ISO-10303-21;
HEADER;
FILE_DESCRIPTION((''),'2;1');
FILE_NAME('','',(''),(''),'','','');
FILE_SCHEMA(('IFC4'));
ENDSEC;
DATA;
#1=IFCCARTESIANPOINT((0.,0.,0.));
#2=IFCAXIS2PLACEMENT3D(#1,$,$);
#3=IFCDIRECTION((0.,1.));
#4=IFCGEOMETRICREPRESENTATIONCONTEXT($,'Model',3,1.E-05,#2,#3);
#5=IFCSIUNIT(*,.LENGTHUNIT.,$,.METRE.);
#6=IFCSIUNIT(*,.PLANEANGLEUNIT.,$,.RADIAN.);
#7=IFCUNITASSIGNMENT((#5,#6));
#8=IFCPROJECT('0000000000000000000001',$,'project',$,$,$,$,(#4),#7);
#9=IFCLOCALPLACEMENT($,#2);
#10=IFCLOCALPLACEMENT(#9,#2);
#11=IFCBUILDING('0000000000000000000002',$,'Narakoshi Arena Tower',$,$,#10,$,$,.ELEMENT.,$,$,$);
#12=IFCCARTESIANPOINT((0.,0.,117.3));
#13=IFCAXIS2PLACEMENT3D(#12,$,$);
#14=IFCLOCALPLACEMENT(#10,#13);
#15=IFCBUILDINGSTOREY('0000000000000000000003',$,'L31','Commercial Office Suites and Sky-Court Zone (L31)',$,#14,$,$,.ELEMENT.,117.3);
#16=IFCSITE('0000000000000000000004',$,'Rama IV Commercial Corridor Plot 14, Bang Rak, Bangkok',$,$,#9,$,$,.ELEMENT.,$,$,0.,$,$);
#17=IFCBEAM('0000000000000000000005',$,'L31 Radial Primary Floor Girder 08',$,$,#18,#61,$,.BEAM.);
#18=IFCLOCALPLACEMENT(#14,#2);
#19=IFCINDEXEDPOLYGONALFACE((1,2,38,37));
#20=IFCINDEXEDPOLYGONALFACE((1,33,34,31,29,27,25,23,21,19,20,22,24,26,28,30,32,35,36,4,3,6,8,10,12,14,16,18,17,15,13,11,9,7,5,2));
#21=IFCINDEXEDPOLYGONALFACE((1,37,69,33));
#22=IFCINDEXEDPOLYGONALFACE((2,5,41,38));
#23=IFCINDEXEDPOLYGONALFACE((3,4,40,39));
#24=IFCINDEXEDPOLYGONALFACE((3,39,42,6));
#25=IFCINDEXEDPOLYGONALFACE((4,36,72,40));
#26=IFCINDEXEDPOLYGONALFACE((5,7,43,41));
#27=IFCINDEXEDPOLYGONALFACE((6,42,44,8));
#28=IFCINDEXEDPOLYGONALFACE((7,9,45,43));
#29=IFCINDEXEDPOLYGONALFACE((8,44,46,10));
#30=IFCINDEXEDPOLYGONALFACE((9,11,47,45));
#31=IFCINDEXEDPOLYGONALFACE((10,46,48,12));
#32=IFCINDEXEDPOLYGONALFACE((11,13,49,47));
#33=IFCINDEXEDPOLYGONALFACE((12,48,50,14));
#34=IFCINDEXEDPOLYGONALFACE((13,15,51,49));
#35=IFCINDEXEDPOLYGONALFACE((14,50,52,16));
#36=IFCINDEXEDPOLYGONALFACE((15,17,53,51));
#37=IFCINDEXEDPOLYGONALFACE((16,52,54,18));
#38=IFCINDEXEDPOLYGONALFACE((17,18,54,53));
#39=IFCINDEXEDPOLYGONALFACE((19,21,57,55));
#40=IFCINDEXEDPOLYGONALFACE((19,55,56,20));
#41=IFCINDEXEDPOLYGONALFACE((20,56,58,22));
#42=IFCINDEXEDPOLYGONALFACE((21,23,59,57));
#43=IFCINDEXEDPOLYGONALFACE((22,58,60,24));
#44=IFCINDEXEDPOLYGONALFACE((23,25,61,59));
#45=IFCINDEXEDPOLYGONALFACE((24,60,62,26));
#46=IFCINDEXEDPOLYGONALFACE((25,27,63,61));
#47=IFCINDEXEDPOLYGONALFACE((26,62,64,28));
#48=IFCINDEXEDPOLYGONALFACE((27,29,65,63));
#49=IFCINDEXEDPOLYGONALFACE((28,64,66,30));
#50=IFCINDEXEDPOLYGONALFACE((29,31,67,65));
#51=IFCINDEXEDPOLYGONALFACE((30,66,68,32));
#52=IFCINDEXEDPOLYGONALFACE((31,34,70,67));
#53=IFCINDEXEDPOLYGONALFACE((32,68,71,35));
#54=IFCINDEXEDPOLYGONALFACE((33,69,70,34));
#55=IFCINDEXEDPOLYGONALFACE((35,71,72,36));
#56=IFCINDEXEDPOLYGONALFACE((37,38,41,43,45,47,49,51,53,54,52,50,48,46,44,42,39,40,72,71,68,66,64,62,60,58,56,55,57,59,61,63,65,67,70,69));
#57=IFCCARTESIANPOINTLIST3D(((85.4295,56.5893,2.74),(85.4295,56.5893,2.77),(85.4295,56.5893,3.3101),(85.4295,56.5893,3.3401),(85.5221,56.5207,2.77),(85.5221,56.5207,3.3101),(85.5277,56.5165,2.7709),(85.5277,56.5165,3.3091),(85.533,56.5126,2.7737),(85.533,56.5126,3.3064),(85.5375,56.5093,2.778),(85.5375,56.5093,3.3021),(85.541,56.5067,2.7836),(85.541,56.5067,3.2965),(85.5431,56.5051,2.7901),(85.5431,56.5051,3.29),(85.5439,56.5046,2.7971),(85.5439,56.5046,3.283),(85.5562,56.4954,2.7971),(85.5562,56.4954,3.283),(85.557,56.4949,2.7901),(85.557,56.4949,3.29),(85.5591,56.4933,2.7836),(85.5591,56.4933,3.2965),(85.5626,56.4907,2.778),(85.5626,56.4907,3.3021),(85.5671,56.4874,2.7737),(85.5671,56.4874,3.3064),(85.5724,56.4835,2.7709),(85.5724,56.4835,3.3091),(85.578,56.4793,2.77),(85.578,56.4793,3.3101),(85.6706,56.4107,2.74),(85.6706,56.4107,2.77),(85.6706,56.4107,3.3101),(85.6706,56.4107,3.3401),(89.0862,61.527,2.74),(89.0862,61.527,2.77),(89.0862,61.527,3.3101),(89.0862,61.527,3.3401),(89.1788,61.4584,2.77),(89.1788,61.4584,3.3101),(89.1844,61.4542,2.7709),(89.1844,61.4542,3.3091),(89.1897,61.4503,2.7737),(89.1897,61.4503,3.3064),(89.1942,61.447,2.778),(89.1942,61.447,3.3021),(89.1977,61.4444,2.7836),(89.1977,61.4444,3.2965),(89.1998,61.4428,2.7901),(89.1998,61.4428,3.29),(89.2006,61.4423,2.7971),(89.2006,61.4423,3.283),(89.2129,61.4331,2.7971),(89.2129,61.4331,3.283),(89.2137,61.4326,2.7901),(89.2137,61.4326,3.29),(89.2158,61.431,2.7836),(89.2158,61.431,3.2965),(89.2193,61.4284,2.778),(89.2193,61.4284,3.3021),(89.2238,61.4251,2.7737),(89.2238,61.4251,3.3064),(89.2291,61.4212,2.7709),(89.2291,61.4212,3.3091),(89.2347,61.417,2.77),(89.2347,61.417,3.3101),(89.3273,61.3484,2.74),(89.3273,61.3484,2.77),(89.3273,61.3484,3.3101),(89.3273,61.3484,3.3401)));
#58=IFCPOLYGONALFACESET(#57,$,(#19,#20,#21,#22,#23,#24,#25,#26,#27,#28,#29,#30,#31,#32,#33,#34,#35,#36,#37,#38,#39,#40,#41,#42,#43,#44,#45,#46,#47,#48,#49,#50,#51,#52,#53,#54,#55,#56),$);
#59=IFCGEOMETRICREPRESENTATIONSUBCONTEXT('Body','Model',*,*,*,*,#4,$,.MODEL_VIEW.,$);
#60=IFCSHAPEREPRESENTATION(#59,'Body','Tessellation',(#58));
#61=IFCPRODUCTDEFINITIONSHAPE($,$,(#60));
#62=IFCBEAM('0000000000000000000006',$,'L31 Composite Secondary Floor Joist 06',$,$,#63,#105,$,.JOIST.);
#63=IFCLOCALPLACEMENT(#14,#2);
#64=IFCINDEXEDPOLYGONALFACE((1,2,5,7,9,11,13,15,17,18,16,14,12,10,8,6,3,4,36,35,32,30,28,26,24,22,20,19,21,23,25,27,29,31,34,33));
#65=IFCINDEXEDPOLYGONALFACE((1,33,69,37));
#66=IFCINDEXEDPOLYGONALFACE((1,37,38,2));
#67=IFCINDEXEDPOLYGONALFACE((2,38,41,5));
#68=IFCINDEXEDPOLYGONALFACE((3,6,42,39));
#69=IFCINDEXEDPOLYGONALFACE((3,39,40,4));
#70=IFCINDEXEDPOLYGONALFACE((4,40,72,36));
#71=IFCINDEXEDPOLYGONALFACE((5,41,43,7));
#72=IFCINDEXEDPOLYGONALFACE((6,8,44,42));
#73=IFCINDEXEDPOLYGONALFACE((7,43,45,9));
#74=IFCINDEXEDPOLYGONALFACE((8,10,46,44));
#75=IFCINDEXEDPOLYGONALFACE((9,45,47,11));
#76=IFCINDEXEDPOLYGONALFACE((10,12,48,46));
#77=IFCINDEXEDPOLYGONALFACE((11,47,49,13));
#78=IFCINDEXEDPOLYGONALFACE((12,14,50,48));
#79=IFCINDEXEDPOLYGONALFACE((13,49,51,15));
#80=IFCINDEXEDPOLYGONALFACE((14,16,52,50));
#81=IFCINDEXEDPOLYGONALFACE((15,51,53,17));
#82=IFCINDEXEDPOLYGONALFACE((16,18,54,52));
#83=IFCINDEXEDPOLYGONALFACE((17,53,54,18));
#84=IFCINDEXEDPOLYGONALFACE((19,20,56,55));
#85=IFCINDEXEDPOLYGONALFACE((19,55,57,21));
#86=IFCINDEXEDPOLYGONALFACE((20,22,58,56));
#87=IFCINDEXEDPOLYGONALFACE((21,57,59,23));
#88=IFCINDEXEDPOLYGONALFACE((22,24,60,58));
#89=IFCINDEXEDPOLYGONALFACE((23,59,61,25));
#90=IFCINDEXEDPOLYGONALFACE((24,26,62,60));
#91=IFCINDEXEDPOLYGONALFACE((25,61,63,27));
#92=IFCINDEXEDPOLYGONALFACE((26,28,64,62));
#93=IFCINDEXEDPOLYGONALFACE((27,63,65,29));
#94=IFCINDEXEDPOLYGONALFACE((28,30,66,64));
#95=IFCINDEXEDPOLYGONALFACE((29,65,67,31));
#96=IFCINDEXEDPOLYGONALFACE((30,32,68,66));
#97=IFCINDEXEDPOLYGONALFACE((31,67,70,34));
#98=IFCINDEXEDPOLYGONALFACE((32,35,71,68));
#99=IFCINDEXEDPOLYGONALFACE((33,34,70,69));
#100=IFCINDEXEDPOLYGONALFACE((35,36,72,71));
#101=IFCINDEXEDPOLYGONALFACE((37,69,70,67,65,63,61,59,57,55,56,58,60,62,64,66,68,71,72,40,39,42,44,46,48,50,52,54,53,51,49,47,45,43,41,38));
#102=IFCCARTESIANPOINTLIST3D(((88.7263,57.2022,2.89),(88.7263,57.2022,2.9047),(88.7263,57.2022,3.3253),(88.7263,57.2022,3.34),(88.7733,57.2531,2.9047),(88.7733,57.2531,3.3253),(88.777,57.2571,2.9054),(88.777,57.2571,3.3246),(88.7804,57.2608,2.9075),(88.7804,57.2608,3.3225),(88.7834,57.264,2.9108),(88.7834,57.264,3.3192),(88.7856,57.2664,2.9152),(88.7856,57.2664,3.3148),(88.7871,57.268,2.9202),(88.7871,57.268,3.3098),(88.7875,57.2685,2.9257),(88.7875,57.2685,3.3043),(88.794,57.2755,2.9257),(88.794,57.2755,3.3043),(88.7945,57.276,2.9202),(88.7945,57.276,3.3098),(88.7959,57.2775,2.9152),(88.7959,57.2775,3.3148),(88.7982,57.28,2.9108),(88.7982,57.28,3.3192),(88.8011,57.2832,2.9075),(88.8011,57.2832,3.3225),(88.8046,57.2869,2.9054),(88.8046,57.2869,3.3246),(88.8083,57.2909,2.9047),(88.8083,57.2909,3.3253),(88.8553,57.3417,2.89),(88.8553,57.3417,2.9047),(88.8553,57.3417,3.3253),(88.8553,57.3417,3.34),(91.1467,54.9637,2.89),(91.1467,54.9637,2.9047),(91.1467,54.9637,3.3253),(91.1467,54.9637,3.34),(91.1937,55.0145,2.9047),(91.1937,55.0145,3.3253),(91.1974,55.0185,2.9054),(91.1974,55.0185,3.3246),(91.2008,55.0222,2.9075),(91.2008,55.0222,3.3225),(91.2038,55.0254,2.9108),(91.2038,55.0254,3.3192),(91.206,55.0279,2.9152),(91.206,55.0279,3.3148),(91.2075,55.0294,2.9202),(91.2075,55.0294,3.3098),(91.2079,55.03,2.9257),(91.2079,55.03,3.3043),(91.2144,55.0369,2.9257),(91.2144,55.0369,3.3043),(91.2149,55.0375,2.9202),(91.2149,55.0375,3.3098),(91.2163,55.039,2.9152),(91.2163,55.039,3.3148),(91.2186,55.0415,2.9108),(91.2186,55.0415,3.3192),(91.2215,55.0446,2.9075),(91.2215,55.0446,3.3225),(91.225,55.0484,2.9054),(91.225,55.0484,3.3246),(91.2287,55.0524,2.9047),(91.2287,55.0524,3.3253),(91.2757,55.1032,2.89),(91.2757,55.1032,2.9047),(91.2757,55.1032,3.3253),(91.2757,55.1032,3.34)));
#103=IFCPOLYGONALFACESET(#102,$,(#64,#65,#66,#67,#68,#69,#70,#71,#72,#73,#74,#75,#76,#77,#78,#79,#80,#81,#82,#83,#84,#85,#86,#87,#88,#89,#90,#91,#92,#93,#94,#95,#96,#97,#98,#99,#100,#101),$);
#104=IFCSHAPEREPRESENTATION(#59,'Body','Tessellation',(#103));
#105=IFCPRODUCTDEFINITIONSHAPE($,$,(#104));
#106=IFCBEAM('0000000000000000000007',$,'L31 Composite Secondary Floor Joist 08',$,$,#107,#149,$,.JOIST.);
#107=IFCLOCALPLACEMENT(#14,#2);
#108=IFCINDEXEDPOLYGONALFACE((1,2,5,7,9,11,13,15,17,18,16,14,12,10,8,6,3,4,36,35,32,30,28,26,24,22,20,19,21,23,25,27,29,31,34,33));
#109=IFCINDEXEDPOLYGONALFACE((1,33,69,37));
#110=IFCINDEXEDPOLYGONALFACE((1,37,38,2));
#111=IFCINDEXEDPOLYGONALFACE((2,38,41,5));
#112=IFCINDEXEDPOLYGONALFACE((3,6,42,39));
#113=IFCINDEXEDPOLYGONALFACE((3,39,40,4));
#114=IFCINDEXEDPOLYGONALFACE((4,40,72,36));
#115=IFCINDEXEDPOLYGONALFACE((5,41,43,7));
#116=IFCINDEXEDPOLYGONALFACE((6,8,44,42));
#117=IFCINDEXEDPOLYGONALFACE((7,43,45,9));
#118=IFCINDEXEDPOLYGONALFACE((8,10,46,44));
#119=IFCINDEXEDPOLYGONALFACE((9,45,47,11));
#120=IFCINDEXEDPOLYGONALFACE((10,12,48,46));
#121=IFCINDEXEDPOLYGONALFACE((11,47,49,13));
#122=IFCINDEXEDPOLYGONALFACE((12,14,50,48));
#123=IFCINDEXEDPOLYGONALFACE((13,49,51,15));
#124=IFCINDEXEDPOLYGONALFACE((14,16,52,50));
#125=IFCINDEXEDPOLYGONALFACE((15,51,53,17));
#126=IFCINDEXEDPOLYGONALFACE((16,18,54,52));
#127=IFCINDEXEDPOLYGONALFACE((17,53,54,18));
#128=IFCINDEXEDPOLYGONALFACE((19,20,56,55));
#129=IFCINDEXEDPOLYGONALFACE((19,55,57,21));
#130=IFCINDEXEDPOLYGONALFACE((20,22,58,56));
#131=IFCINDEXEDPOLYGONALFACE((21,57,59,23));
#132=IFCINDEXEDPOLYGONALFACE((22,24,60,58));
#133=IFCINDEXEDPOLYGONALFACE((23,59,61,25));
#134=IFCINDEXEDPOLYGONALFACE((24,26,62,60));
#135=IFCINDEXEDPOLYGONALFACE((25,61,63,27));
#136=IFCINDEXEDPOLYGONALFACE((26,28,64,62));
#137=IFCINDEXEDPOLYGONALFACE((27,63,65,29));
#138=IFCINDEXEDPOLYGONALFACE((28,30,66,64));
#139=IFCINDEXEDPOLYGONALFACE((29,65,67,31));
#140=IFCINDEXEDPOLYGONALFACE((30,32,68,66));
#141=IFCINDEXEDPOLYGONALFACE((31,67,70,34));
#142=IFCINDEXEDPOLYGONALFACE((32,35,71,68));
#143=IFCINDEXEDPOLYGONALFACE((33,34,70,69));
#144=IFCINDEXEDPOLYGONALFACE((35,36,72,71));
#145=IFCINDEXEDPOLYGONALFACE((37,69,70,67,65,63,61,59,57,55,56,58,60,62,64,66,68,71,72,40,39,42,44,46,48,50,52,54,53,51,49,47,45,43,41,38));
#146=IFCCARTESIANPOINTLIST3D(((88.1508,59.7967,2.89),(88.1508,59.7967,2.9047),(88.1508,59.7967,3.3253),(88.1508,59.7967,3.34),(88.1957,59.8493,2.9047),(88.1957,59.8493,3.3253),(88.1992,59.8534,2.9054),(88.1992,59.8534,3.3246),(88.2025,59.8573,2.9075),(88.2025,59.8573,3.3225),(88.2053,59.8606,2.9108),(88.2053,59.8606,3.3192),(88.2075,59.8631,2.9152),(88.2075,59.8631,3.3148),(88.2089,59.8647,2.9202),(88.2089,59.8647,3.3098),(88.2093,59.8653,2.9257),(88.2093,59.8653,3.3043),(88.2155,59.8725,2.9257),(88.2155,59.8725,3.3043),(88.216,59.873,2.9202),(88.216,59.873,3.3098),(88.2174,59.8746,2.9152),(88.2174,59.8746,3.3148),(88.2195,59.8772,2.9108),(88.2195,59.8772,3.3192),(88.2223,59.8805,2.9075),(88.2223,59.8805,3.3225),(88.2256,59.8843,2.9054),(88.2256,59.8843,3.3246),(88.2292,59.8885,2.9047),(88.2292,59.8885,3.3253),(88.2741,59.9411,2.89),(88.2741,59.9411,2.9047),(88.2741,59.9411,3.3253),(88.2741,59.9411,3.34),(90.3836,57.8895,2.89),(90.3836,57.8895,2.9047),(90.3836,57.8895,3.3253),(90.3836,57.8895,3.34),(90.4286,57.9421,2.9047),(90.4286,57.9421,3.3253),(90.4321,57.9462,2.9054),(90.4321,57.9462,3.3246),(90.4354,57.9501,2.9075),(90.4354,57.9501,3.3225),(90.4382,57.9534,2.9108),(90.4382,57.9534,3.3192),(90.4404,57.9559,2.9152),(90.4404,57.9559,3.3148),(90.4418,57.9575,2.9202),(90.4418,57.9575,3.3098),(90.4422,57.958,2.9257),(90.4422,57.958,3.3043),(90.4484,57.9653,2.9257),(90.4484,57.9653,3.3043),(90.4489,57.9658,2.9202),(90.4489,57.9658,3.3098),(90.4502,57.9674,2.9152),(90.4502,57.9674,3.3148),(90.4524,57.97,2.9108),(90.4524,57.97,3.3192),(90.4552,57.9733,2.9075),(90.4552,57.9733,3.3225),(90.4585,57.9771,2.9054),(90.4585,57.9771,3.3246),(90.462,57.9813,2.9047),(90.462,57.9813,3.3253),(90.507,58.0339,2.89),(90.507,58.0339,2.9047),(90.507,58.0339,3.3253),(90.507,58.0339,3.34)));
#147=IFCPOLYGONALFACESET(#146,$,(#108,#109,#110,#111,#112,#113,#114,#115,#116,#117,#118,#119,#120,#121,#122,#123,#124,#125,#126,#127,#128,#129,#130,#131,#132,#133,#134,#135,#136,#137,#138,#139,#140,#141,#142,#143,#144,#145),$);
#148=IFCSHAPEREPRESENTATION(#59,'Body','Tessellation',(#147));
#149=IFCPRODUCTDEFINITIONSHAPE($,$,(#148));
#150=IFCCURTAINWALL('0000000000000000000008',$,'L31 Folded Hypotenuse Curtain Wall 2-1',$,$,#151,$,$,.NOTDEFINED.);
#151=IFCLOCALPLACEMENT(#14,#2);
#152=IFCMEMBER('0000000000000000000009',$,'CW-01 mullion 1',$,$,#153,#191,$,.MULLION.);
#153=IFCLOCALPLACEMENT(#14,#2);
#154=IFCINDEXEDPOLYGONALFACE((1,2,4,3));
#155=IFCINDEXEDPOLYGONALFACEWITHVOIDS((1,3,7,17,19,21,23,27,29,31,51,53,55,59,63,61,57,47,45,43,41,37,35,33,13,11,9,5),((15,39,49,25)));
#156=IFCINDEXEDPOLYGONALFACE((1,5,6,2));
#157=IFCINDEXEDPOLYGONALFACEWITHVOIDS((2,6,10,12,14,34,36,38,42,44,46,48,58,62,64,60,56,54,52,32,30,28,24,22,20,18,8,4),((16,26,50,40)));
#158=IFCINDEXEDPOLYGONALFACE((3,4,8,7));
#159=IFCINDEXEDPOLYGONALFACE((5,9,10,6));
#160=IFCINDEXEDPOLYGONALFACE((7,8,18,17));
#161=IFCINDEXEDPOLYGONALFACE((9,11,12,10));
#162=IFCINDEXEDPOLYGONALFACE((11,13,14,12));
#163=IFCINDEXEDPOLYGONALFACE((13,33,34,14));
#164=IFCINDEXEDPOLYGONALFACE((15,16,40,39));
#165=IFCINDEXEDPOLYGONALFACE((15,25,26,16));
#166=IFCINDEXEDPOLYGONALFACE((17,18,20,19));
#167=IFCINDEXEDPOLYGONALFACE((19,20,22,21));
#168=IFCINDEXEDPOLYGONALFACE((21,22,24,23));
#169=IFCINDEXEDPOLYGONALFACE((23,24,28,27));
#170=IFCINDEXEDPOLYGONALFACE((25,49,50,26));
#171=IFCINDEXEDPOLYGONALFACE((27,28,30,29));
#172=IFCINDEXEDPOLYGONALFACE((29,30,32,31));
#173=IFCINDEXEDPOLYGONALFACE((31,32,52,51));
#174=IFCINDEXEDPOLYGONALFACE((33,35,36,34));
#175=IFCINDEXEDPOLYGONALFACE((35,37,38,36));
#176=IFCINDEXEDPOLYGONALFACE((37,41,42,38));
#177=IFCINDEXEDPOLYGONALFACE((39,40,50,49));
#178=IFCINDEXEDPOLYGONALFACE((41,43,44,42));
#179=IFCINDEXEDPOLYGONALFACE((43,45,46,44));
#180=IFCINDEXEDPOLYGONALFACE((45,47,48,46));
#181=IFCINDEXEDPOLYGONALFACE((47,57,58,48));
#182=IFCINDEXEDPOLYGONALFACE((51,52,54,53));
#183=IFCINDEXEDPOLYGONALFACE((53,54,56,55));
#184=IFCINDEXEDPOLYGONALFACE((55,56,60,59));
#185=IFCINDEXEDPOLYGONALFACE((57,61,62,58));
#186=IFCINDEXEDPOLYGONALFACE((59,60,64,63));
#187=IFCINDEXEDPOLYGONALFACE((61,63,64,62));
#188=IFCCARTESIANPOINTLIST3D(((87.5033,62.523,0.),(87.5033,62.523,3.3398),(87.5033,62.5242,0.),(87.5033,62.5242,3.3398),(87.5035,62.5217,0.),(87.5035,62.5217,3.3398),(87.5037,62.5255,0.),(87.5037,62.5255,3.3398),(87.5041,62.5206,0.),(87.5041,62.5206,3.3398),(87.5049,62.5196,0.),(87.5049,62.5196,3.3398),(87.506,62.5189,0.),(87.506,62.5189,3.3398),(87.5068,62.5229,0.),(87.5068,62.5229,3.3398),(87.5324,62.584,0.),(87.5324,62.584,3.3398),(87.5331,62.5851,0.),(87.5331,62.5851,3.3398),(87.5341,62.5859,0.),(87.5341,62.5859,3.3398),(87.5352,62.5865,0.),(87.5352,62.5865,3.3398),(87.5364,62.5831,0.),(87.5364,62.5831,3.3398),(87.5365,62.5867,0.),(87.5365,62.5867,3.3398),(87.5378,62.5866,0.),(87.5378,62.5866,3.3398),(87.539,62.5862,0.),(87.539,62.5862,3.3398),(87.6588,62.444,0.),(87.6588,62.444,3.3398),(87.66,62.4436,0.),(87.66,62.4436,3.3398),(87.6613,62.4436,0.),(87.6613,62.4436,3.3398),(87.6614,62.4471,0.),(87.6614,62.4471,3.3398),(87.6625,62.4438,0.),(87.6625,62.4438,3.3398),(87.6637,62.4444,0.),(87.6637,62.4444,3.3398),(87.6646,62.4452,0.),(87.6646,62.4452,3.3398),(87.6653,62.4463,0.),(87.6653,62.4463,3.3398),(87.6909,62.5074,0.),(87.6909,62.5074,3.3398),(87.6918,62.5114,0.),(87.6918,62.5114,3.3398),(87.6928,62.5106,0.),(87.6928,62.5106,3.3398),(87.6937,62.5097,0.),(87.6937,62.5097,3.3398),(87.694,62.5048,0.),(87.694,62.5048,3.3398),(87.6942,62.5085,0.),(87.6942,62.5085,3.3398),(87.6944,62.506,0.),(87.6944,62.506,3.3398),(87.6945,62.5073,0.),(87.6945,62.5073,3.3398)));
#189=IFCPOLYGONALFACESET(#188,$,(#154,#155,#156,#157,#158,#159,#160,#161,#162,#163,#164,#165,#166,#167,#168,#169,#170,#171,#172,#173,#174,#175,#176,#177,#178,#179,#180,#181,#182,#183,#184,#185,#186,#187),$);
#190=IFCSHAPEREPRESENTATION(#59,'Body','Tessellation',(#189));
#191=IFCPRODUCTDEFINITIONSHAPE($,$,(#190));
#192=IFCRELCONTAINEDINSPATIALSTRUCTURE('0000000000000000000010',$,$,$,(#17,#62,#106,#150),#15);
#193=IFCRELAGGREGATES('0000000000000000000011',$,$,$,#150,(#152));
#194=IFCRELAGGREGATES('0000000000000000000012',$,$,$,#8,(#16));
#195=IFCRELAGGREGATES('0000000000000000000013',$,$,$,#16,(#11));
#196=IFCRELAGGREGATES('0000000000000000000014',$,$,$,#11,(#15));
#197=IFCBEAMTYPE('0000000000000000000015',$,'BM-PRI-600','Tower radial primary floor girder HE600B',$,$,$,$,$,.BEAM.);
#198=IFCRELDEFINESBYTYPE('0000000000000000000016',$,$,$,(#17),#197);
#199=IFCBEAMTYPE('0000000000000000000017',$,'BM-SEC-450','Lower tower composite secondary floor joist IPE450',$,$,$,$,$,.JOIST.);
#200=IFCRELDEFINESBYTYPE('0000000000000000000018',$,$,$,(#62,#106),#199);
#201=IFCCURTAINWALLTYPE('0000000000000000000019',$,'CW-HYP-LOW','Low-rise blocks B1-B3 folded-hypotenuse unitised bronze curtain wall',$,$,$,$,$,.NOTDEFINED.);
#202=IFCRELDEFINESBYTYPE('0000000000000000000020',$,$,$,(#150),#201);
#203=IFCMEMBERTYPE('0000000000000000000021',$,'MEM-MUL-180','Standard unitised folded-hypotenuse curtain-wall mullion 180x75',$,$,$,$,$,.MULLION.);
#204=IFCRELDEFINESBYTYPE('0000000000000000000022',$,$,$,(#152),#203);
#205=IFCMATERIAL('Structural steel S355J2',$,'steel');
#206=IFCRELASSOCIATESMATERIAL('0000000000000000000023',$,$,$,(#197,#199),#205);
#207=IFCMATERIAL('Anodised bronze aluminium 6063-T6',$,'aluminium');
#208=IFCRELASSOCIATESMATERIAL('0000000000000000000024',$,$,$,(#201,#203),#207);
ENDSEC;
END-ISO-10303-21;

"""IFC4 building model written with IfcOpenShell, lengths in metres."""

from ifc_helpers import new_model, si_unit, direction, frame, origin, origin_2d, place, context, subcontext, project, spatial, hollow_rectangle, i_section, extrude, material, material_profile, profile_set, type_object, element, aggregate, save


model = new_model("IFC4")

# Units and contexts
model_context = context("Model", 3, precision=1e-05, world=origin(), true_north=direction((0.0, 1.0)))
body_context = subcontext(model_context, "Body", "Model", "MODEL_VIEW")
ifc_project = project(units=[si_unit("LENGTHUNIT", "METRE"), si_unit("PLANEANGLEUNIT", "RADIAN")], contexts=[model_context])

# Site, building, storey
site_placement = place(None, origin())
site = spatial("IfcSite", under=ifc_project, at=site_placement, Name="Rama IV Commercial Corridor Plot 14, Bang Rak, Bangkok", CompositionType="ELEMENT", RefElevation=0.0)
building_placement = place(site_placement, origin())
building = spatial("IfcBuilding", under=site, at=building_placement, Name="Narakoshi Arena Tower", CompositionType="ELEMENT")
storey_placement = place(building_placement, frame((0.0, 0.0, 117.3)))
storey = spatial("IfcBuildingStorey", under=building, at=storey_placement, Name="L31", Description="Commercial Office Suites and Sky-Court Zone (L31)", CompositionType="ELEMENT", Elevation=117.3)

# Beams
ifc_material_1 = material(Name="Structural steel S355J2", Category="steel")
ifc_material_profile_1 = material_profile(ifc_material_1, i_section(OverallWidth=0.3, OverallDepth=0.6001, WebThickness=0.0154, FlangeThickness=0.03, FilletRadius=0.0271, at=origin_2d()), Name="HE600B")
ifc_profile_set_1 = profile_set([ifc_material_profile_1], Name="Structural steel S355J2")
beam_type_1 = type_object("IfcBeamType", Name="BM-PRI-600", Description="Tower radial primary floor girder HE600B", PredefinedType="BEAM", material=ifc_profile_set_1)
beam_1_placement = place(storey_placement, frame((85.55, 56.5, 3.04), z_axis=(0.595138, 0.803623, 0.0), x_axis=(-0.803623, 0.595138, 0.0)))
element("IfcBeam", 1, at=beam_1_placement, inside=storey, type_object=beam_type_1, Name="L31 Radial Primary Floor Girder 08", PredefinedType="BEAM", context=body_context, shape_type="SweptSolid", body=[
    extrude(i_section(OverallWidth=0.3, OverallDepth=0.6001, WebThickness=0.0154, FlangeThickness=0.03, FilletRadius=0.0271, at=origin_2d()), origin(), (0.0, 0.0, 1.0), 6.1443),
])
ifc_material_profile_2 = material_profile(ifc_material_1, i_section(OverallWidth=0.1899, OverallDepth=0.45, WebThickness=0.0095, FlangeThickness=0.0146, FilletRadius=0.021, at=origin_2d()), Name="IPE450")
ifc_profile_set_2 = profile_set([ifc_material_profile_2], Name="Structural steel S355J2")
beam_type_2 = type_object("IfcBeamType", Name="BM-SEC-450", Description="Lower tower composite secondary floor joist IPE450", PredefinedType="JOIST", material=ifc_profile_set_2)
beam_2_placement = place(storey_placement, frame((91.2112, 55.0334, 3.115), z_axis=(-0.734153, 0.678984, 0.0), x_axis=(-0.678984, -0.734153, 0.0)))
element("IfcBeam", 2, at=beam_2_placement, inside=storey, type_object=beam_type_2, Name="L31 Composite Secondary Floor Joist 06", PredefinedType="JOIST", context=body_context, shape_type="SweptSolid", body=[
    extrude(i_section(OverallWidth=0.1899, OverallDepth=0.45, WebThickness=0.0095, FlangeThickness=0.0146, FilletRadius=0.021, at=origin_2d()), origin(), (0.0, 0.0, 1.0), 3.2969),
])
beam_3_placement = place(storey_placement, frame((90.4453, 57.9617, 3.115), z_axis=(-0.760382, 0.649476, 0.0), x_axis=(-0.649476, -0.760382, 0.0)))
element("IfcBeam", 3, at=beam_3_placement, inside=storey, type_object=beam_type_2, Name="L31 Composite Secondary Floor Joist 08", PredefinedType="JOIST", context=body_context, shape_type="SweptSolid", body=[
    extrude(i_section(OverallWidth=0.1899, OverallDepth=0.45, WebThickness=0.0095, FlangeThickness=0.0146, FilletRadius=0.021, at=origin_2d()), origin(), (0.0, 0.0, 1.0), 2.9365),
])

# Curtain wall, member
ifc_material_2 = material(Name="Anodised bronze aluminium 6063-T6", Category="aluminium")
curtain_wall_type = type_object("IfcCurtainWallType", Name="CW-HYP-LOW", Description="Low-rise blocks B1-B3 folded-hypotenuse unitised bronze curtain wall", PredefinedType="NOTDEFINED", material=ifc_material_2)
curtain_wall_placement = place(storey_placement, origin())
curtain_wall = element("IfcCurtainWall", 4, at=curtain_wall_placement, inside=storey, type_object=curtain_wall_type, Name="L31 Folded Hypotenuse Curtain Wall 2-1", PredefinedType="NOTDEFINED")
ifc_material_profile_3 = material_profile(ifc_material_2, hollow_rectangle(XDim=0.075, YDim=0.1799, WallThickness=0.0039, OuterFilletRadius=0.0049, at=origin_2d()), Name="MUL180x75x4")
ifc_profile_set_3 = profile_set([ifc_material_profile_3], Name="Anodised bronze aluminium 6063-T6")
member_type_1 = type_object("IfcMemberType", Name="MEM-MUL-180", Description="Standard unitised folded-hypotenuse curtain-wall mullion 180x75", PredefinedType="MULLION", material=ifc_profile_set_3)
member_1_placement = place(storey_placement, frame((87.5989, 62.5151, 0.0), z_axis=(0.0, 0.0, 1.0), x_axis=(-0.440005, -0.897996, 0.0)))
member_1 = element("IfcMember", 5, at=member_1_placement, type_object=member_type_1, Name="CW-01 mullion 1", PredefinedType="MULLION", context=body_context, shape_type="SweptSolid", body=[
    extrude(hollow_rectangle(XDim=0.075, YDim=0.1799, WallThickness=0.0039, OuterFilletRadius=0.0049, at=origin_2d()), origin(), (0.0, 0.0, 1.0), 3.3398),
])
aggregate(curtain_wall, [member_1])

save(model, "model.ifc")
